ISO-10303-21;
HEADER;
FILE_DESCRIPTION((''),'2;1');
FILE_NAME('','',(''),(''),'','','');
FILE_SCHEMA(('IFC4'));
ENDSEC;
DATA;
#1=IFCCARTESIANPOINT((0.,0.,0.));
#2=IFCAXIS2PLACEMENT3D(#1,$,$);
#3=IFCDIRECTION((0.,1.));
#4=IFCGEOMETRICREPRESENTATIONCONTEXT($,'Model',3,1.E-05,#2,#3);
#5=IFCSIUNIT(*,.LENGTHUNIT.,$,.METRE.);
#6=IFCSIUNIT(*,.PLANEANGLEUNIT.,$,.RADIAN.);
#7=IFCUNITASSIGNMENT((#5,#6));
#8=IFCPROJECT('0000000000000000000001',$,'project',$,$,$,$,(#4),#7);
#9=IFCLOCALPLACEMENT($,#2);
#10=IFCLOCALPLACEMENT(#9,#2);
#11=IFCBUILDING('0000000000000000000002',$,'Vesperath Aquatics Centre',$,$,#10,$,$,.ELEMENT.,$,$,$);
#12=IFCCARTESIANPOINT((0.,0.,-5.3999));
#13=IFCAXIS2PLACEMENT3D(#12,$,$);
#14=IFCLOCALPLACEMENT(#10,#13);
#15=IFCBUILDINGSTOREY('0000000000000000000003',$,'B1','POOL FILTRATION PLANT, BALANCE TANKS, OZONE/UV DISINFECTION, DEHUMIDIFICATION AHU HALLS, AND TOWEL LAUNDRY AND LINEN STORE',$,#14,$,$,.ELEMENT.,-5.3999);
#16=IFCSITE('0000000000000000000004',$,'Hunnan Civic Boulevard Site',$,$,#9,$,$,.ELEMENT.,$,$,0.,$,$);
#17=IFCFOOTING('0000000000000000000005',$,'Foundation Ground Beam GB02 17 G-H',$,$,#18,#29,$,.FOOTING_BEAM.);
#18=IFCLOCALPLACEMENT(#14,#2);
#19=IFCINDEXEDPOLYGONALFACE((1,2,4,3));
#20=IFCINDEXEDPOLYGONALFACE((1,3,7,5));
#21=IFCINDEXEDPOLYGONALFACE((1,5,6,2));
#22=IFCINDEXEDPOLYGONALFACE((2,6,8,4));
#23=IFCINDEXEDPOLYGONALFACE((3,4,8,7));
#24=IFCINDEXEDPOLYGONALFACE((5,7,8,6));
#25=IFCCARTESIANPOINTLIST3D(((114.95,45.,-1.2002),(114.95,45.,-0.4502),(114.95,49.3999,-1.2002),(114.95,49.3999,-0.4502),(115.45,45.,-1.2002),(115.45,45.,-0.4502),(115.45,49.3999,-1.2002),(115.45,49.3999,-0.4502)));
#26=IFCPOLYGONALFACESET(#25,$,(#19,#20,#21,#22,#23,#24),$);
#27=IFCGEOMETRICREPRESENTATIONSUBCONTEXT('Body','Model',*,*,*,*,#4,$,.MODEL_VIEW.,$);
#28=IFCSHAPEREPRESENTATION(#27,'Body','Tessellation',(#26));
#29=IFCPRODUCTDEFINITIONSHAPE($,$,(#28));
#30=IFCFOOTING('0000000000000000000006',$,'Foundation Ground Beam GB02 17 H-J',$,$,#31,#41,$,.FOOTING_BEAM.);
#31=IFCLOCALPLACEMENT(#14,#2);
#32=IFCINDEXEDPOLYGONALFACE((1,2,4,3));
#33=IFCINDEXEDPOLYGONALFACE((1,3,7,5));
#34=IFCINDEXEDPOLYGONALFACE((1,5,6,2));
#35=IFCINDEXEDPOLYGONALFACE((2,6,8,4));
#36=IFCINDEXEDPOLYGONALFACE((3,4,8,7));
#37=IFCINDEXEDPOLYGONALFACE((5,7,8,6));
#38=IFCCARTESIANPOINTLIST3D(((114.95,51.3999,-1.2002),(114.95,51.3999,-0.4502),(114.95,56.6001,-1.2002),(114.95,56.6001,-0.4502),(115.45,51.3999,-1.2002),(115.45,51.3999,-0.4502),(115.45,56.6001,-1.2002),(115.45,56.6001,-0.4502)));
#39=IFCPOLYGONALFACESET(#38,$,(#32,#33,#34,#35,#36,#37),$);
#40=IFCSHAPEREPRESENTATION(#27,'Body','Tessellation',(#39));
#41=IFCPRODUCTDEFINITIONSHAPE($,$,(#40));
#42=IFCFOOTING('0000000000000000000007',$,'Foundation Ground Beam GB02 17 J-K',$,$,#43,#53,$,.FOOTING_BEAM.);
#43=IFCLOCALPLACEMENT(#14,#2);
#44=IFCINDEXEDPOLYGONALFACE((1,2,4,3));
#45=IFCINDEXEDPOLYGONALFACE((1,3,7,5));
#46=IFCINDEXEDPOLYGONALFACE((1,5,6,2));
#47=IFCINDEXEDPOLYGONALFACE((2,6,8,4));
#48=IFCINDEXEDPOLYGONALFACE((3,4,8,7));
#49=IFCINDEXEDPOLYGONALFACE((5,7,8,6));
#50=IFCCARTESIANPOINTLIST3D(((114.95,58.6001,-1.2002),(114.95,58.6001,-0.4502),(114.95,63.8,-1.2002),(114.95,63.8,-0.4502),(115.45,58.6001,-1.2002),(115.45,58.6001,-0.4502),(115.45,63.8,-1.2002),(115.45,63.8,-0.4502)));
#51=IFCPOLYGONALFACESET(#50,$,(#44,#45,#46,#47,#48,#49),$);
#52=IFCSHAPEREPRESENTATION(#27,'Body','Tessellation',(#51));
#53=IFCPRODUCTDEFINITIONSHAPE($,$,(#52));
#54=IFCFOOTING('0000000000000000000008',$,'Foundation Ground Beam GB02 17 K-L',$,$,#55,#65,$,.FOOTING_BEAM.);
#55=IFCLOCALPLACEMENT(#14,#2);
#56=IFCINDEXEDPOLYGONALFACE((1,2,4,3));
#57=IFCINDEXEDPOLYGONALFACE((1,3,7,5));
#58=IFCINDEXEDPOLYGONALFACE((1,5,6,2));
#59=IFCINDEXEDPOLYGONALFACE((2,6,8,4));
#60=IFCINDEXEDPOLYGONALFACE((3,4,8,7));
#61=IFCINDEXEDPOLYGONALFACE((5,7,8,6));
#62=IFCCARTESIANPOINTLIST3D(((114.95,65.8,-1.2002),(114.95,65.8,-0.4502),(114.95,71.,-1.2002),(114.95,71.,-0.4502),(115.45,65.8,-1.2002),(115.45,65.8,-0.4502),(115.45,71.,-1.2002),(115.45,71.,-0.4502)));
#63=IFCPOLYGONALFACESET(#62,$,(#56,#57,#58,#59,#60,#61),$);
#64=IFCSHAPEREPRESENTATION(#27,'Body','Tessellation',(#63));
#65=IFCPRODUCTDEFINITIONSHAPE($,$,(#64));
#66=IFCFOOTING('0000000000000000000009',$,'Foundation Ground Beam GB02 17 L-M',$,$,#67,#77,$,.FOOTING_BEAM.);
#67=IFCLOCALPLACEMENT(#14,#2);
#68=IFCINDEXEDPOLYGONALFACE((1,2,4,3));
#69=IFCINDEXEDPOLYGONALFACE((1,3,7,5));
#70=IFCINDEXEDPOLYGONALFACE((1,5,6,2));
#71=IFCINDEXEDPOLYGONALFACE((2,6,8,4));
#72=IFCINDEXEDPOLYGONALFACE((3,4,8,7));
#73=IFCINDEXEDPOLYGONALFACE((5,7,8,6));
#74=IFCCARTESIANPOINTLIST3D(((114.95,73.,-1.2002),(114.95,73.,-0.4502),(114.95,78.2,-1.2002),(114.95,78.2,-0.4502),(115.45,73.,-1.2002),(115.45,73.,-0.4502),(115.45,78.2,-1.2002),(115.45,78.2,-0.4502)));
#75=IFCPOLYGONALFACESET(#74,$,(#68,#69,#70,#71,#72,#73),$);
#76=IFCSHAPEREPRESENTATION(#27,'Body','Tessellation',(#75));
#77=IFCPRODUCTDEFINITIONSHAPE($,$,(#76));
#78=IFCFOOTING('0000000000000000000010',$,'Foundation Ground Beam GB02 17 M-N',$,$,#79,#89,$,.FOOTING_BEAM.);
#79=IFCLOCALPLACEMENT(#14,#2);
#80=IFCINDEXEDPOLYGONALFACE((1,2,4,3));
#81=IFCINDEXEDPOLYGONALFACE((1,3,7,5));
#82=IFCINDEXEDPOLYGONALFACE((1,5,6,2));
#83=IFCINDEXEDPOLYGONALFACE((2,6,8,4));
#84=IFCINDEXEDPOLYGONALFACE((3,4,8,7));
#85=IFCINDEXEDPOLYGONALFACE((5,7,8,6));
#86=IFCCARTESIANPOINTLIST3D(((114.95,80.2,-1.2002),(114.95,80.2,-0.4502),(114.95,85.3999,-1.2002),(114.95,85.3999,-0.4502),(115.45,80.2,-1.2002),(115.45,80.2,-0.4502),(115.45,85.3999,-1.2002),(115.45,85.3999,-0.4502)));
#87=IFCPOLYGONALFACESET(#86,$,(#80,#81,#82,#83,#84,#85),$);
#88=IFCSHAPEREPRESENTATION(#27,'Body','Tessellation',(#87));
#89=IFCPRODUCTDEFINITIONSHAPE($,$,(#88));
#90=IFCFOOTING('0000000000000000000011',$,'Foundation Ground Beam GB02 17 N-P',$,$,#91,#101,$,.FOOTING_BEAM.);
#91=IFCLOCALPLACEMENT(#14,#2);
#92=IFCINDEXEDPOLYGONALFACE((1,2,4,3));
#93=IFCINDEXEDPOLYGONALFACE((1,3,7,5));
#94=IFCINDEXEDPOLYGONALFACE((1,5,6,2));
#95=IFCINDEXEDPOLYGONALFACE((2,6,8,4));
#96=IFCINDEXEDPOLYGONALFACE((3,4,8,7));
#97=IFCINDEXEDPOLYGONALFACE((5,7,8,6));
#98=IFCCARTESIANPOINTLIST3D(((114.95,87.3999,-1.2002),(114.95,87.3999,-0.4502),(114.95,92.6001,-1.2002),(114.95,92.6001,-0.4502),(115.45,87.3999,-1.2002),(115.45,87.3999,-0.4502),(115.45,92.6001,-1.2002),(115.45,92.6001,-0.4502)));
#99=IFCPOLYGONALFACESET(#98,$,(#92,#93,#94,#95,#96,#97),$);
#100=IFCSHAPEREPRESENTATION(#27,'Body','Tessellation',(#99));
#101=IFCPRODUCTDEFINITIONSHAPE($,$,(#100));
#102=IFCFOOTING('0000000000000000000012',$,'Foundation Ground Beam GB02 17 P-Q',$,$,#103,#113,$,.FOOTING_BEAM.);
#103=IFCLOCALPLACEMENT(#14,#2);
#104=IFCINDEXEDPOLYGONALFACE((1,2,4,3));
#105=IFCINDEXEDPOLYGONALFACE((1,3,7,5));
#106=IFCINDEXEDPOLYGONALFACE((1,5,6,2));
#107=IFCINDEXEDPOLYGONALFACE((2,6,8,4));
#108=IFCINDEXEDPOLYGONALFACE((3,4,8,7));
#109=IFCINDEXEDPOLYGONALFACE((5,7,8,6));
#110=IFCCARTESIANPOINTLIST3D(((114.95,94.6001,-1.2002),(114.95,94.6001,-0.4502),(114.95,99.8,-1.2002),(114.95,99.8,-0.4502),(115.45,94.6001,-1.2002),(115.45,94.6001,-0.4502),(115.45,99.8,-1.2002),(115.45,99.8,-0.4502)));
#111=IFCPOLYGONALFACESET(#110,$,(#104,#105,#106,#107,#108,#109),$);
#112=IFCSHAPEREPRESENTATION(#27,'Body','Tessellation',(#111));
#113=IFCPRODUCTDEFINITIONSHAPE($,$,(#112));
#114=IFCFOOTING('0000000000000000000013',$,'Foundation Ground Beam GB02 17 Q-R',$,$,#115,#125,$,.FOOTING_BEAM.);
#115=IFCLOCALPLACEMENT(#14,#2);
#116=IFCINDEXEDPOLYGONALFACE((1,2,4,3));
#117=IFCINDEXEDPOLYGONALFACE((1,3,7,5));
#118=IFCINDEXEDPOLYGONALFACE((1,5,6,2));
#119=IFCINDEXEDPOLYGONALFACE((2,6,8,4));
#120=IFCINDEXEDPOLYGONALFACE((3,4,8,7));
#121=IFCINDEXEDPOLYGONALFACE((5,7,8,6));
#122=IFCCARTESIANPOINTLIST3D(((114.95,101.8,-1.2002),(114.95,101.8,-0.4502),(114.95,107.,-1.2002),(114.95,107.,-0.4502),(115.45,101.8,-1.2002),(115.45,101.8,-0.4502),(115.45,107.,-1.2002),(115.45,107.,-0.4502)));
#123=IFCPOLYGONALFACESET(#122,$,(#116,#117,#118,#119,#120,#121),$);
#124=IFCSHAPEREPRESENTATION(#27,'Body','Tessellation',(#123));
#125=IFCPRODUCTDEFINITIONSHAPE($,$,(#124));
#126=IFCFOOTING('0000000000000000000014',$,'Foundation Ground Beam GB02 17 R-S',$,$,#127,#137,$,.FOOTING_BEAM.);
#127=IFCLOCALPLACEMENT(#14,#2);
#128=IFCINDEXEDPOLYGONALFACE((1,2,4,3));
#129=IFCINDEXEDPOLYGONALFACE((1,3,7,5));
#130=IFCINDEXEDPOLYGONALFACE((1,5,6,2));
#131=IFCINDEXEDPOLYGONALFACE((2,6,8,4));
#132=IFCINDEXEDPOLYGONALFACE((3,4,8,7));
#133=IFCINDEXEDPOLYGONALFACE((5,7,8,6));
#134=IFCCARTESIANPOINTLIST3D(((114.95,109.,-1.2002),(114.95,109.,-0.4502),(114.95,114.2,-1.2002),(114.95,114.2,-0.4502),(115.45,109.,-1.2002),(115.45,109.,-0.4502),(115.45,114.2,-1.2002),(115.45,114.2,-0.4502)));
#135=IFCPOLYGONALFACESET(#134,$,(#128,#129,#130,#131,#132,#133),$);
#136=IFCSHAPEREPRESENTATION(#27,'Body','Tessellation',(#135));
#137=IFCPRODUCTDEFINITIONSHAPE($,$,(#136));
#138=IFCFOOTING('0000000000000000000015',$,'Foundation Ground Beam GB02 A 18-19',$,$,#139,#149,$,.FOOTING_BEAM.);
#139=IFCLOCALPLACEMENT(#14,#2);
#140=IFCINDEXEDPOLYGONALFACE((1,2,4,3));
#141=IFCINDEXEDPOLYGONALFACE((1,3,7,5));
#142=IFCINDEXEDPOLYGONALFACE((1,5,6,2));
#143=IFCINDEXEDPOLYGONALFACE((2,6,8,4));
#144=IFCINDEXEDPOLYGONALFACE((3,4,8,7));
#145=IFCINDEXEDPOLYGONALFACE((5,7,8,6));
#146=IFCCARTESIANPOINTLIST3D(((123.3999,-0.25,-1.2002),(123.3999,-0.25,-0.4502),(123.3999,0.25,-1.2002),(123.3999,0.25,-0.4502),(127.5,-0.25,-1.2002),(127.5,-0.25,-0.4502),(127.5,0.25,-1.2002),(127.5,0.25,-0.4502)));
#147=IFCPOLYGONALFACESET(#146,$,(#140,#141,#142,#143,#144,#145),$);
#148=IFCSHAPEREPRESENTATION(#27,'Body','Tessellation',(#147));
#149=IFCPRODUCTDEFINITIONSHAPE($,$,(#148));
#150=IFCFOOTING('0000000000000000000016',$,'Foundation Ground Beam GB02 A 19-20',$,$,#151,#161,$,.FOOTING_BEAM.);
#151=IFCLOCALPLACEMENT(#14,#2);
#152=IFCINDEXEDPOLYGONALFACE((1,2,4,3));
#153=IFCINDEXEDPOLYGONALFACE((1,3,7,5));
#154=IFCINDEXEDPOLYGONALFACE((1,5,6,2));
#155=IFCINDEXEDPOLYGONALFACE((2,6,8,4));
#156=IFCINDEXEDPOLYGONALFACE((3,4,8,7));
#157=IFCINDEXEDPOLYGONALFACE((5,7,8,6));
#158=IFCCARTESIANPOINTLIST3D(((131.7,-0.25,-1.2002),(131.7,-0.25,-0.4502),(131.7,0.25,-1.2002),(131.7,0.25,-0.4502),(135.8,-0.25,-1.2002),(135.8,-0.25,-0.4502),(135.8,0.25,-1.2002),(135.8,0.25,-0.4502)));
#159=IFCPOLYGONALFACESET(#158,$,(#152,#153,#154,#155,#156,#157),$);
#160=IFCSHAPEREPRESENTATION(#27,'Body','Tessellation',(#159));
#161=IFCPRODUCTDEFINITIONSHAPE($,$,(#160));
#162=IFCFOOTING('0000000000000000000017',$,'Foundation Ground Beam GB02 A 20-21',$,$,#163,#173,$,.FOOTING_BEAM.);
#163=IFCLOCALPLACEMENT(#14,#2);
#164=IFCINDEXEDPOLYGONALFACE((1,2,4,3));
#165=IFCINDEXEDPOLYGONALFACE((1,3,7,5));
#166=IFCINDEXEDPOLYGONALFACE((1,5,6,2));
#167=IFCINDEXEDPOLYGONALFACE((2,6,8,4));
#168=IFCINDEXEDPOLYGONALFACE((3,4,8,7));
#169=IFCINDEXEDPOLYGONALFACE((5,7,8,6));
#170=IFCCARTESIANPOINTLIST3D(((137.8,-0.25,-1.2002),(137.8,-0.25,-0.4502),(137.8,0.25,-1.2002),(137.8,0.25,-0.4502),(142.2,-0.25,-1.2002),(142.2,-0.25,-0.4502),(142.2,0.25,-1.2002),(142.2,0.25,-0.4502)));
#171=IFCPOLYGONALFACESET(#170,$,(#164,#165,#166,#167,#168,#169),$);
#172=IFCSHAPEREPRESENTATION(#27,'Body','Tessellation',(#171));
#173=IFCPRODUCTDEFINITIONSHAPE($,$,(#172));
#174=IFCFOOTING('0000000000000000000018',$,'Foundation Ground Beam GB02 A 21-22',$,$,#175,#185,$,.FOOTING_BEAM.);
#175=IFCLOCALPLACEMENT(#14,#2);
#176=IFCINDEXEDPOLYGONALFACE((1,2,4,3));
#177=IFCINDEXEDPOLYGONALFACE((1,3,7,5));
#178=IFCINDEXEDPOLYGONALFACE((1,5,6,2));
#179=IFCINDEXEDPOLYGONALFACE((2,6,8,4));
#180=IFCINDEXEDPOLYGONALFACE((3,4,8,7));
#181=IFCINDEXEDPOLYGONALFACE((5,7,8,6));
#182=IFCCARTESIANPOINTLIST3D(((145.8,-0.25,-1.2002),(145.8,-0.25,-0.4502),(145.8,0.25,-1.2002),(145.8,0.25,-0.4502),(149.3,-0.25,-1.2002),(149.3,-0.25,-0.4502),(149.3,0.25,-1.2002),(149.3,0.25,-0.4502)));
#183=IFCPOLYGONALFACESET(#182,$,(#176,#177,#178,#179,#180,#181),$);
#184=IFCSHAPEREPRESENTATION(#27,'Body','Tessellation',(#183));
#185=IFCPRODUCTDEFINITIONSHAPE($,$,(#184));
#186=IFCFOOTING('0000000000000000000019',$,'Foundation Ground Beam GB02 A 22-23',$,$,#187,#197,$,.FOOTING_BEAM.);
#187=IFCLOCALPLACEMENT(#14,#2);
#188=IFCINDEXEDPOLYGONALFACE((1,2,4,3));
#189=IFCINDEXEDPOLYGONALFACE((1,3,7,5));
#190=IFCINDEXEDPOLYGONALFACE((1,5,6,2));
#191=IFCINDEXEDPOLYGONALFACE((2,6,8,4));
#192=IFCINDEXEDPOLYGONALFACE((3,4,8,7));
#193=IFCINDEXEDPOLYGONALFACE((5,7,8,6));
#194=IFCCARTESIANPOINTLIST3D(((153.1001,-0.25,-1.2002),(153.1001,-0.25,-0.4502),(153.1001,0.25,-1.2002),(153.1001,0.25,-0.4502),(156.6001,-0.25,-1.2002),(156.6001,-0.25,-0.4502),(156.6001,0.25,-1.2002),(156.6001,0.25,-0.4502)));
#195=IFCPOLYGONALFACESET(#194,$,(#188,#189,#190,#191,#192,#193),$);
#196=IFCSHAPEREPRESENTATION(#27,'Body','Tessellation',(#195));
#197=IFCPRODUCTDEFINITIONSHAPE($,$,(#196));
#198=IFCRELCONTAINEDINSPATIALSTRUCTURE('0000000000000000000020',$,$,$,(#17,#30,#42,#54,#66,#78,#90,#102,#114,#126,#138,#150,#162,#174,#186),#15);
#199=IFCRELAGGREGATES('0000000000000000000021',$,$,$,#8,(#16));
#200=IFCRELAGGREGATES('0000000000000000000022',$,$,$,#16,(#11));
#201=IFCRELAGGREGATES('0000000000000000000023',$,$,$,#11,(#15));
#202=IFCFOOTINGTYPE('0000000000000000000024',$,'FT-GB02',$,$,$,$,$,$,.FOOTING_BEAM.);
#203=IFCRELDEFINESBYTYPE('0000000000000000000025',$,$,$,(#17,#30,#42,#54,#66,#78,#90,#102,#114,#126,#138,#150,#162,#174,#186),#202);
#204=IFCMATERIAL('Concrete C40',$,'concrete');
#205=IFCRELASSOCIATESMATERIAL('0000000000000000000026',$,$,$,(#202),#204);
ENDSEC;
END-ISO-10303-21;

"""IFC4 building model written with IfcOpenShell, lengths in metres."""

from ifc_helpers import new_model, si_unit, direction, frame, origin, place, context, subcontext, project, spatial, polyline, outline, extrude, material, type_object, element, save


model = new_model("IFC4")

# Units and contexts
model_context = context("Model", 3, precision=1e-05, world=origin(), true_north=direction((0.0, 1.0)))
body_context = subcontext(model_context, "Body", "Model", "MODEL_VIEW")
ifc_project = project(units=[si_unit("LENGTHUNIT", "METRE"), si_unit("PLANEANGLEUNIT", "RADIAN")], contexts=[model_context])

# Site, building, storey
site_placement = place(None, origin())
site = spatial("IfcSite", under=ifc_project, at=site_placement, Name="Hunnan Civic Boulevard Site", CompositionType="ELEMENT", RefElevation=0.0)
building_placement = place(site_placement, origin())
building = spatial("IfcBuilding", under=site, at=building_placement, Name="Vesperath Aquatics Centre", CompositionType="ELEMENT")
storey_placement = place(building_placement, frame((0.0, 0.0, -5.3999)))
storey = spatial("IfcBuildingStorey", under=building, at=storey_placement, Name="B1", Description="POOL FILTRATION PLANT, BALANCE TANKS, OZONE/UV DISINFECTION, DEHUMIDIFICATION AHU HALLS, AND TOWEL LAUNDRY AND LINEN STORE", CompositionType="ELEMENT", Elevation=-5.3999)

# Footings
ifc_material = material(Name="Concrete C40", Category="concrete")
footing_type = type_object("IfcFootingType", Name="FT-GB02", PredefinedType="FOOTING_BEAM", material=ifc_material)
footing_1_placement = place(storey_placement, frame((0.0, 0.0, -1.2002)))
element("IfcFooting", 1, at=footing_1_placement, inside=storey, type_object=footing_type, Name="Foundation Ground Beam GB02 17 G-H", PredefinedType="FOOTING_BEAM", context=body_context, shape_type="SweptSolid", body=[
    extrude(outline(polyline([(114.95, 45.0), (115.45, 45.0), (115.45, 49.3999), (114.95, 49.3999), (114.95, 45.0)])), origin(), (0.0, 0.0, 1.0), 0.75),
])
footing_2_placement = place(storey_placement, frame((0.0, 0.0, -1.2002)))
element("IfcFooting", 2, at=footing_2_placement, inside=storey, type_object=footing_type, Name="Foundation Ground Beam GB02 17 H-J", PredefinedType="FOOTING_BEAM", context=body_context, shape_type="SweptSolid", body=[
    extrude(outline(polyline([(114.95, 51.3999), (115.45, 51.3999), (115.45, 56.6001), (114.95, 56.6001), (114.95, 51.3999)])), origin(), (0.0, 0.0, 1.0), 0.75),
])
footing_3_placement = place(storey_placement, frame((0.0, 0.0, -1.2002)))
element("IfcFooting", 3, at=footing_3_placement, inside=storey, type_object=footing_type, Name="Foundation Ground Beam GB02 17 J-K", PredefinedType="FOOTING_BEAM", context=body_context, shape_type="SweptSolid", body=[
    extrude(outline(polyline([(114.95, 58.6001), (115.45, 58.6001), (115.45, 63.8), (114.95, 63.8), (114.95, 58.6001)])), origin(), (0.0, 0.0, 1.0), 0.75),
])
footing_4_placement = place(storey_placement, frame((0.0, 0.0, -1.2002)))
element("IfcFooting", 4, at=footing_4_placement, inside=storey, type_object=footing_type, Name="Foundation Ground Beam GB02 17 K-L", PredefinedType="FOOTING_BEAM", context=body_context, shape_type="SweptSolid", body=[
    extrude(outline(polyline([(114.95, 65.8), (115.45, 65.8), (115.45, 71.0), (114.95, 71.0), (114.95, 65.8)])), origin(), (0.0, 0.0, 1.0), 0.75),
])
footing_5_placement = place(storey_placement, frame((0.0, 0.0, -1.2002)))
element("IfcFooting", 5, at=footing_5_placement, inside=storey, type_object=footing_type, Name="Foundation Ground Beam GB02 17 L-M", PredefinedType="FOOTING_BEAM", context=body_context, shape_type="SweptSolid", body=[
    extrude(outline(polyline([(114.95, 73.0), (115.45, 73.0), (115.45, 78.2), (114.95, 78.2), (114.95, 73.0)])), origin(), (0.0, 0.0, 1.0), 0.75),
])
footing_6_placement = place(storey_placement, frame((0.0, 0.0, -1.2002)))
element("IfcFooting", 6, at=footing_6_placement, inside=storey, type_object=footing_type, Name="Foundation Ground Beam GB02 17 M-N", PredefinedType="FOOTING_BEAM", context=body_context, shape_type="SweptSolid", body=[
    extrude(outline(polyline([(114.95, 80.2), (115.45, 80.2), (115.45, 85.3999), (114.95, 85.3999), (114.95, 80.2)])), origin(), (0.0, 0.0, 1.0), 0.75),
])
footing_7_placement = place(storey_placement, frame((0.0, 0.0, -1.2002)))
element("IfcFooting", 7, at=footing_7_placement, inside=storey, type_object=footing_type, Name="Foundation Ground Beam GB02 17 N-P", PredefinedType="FOOTING_BEAM", context=body_context, shape_type="SweptSolid", body=[
    extrude(outline(polyline([(114.95, 87.3999), (115.45, 87.3999), (115.45, 92.6001), (114.95, 92.6001), (114.95, 87.3999)])), origin(), (0.0, 0.0, 1.0), 0.75),
])
footing_8_placement = place(storey_placement, frame((0.0, 0.0, -1.2002)))
element("IfcFooting", 8, at=footing_8_placement, inside=storey, type_object=footing_type, Name="Foundation Ground Beam GB02 17 P-Q", PredefinedType="FOOTING_BEAM", context=body_context, shape_type="SweptSolid", body=[
    extrude(outline(polyline([(114.95, 94.6001), (115.45, 94.6001), (115.45, 99.8), (114.95, 99.8), (114.95, 94.6001)])), origin(), (0.0, 0.0, 1.0), 0.75),
])
footing_9_placement = place(storey_placement, frame((0.0, 0.0, -1.2002)))
element("IfcFooting", 9, at=footing_9_placement, inside=storey, type_object=footing_type, Name="Foundation Ground Beam GB02 17 Q-R", PredefinedType="FOOTING_BEAM", context=body_context, shape_type="SweptSolid", body=[
    extrude(outline(polyline([(114.95, 101.8), (115.45, 101.8), (115.45, 107.0), (114.95, 107.0), (114.95, 101.8)])), origin(), (0.0, 0.0, 1.0), 0.75),
])
footing_10_placement = place(storey_placement, frame((0.0, 0.0, -1.2002)))
element("IfcFooting", 10, at=footing_10_placement, inside=storey, type_object=footing_type, Name="Foundation Ground Beam GB02 17 R-S", PredefinedType="FOOTING_BEAM", context=body_context, shape_type="SweptSolid", body=[
    extrude(outline(polyline([(114.95, 109.0), (115.45, 109.0), (115.45, 114.2), (114.95, 114.2), (114.95, 109.0)])), origin(), (0.0, 0.0, 1.0), 0.75),
])
footing_11_placement = place(storey_placement, frame((0.0, 0.0, -1.2002)))
element("IfcFooting", 11, at=footing_11_placement, inside=storey, type_object=footing_type, Name="Foundation Ground Beam GB02 A 18-19", PredefinedType="FOOTING_BEAM", context=body_context, shape_type="SweptSolid", body=[
    extrude(outline(polyline([(123.3999, -0.25), (127.5, -0.25), (127.5, 0.25), (123.3999, 0.25), (123.3999, -0.25)])), origin(), (0.0, 0.0, 1.0), 0.75),
])
footing_12_placement = place(storey_placement, frame((0.0, 0.0, -1.2002)))
element("IfcFooting", 12, at=footing_12_placement, inside=storey, type_object=footing_type, Name="Foundation Ground Beam GB02 A 19-20", PredefinedType="FOOTING_BEAM", context=body_context, shape_type="SweptSolid", body=[
    extrude(outline(polyline([(131.7, -0.25), (135.8, -0.25), (135.8, 0.25), (131.7, 0.25), (131.7, -0.25)])), origin(), (0.0, 0.0, 1.0), 0.75),
])
footing_13_placement = place(storey_placement, frame((0.0, 0.0, -1.2002)))
element("IfcFooting", 13, at=footing_13_placement, inside=storey, type_object=footing_type, Name="Foundation Ground Beam GB02 A 20-21", PredefinedType="FOOTING_BEAM", context=body_context, shape_type="SweptSolid", body=[
    extrude(outline(polyline([(137.8, -0.25), (142.2, -0.25), (142.2, 0.25), (137.8, 0.25), (137.8, -0.25)])), origin(), (0.0, 0.0, 1.0), 0.75),
])
footing_14_placement = place(storey_placement, frame((0.0, 0.0, -1.2002)))
element("IfcFooting", 14, at=footing_14_placement, inside=storey, type_object=footing_type, Name="Foundation Ground Beam GB02 A 21-22", PredefinedType="FOOTING_BEAM", context=body_context, shape_type="SweptSolid", body=[
    extrude(outline(polyline([(145.8, -0.25), (149.3, -0.25), (149.3, 0.25), (145.8, 0.25), (145.8, -0.25)])), origin(), (0.0, 0.0, 1.0), 0.75),
])
footing_15_placement = place(storey_placement, frame((0.0, 0.0, -1.2002)))
element("IfcFooting", 15, at=footing_15_placement, inside=storey, type_object=footing_type, Name="Foundation Ground Beam GB02 A 22-23", PredefinedType="FOOTING_BEAM", context=body_context, shape_type="SweptSolid", body=[
    extrude(outline(polyline([(153.1001, -0.25), (156.6001, -0.25), (156.6001, 0.25), (153.1001, 0.25), (153.1001, -0.25)])), origin(), (0.0, 0.0, 1.0), 0.75),
])

save(model, "model.ifc")
